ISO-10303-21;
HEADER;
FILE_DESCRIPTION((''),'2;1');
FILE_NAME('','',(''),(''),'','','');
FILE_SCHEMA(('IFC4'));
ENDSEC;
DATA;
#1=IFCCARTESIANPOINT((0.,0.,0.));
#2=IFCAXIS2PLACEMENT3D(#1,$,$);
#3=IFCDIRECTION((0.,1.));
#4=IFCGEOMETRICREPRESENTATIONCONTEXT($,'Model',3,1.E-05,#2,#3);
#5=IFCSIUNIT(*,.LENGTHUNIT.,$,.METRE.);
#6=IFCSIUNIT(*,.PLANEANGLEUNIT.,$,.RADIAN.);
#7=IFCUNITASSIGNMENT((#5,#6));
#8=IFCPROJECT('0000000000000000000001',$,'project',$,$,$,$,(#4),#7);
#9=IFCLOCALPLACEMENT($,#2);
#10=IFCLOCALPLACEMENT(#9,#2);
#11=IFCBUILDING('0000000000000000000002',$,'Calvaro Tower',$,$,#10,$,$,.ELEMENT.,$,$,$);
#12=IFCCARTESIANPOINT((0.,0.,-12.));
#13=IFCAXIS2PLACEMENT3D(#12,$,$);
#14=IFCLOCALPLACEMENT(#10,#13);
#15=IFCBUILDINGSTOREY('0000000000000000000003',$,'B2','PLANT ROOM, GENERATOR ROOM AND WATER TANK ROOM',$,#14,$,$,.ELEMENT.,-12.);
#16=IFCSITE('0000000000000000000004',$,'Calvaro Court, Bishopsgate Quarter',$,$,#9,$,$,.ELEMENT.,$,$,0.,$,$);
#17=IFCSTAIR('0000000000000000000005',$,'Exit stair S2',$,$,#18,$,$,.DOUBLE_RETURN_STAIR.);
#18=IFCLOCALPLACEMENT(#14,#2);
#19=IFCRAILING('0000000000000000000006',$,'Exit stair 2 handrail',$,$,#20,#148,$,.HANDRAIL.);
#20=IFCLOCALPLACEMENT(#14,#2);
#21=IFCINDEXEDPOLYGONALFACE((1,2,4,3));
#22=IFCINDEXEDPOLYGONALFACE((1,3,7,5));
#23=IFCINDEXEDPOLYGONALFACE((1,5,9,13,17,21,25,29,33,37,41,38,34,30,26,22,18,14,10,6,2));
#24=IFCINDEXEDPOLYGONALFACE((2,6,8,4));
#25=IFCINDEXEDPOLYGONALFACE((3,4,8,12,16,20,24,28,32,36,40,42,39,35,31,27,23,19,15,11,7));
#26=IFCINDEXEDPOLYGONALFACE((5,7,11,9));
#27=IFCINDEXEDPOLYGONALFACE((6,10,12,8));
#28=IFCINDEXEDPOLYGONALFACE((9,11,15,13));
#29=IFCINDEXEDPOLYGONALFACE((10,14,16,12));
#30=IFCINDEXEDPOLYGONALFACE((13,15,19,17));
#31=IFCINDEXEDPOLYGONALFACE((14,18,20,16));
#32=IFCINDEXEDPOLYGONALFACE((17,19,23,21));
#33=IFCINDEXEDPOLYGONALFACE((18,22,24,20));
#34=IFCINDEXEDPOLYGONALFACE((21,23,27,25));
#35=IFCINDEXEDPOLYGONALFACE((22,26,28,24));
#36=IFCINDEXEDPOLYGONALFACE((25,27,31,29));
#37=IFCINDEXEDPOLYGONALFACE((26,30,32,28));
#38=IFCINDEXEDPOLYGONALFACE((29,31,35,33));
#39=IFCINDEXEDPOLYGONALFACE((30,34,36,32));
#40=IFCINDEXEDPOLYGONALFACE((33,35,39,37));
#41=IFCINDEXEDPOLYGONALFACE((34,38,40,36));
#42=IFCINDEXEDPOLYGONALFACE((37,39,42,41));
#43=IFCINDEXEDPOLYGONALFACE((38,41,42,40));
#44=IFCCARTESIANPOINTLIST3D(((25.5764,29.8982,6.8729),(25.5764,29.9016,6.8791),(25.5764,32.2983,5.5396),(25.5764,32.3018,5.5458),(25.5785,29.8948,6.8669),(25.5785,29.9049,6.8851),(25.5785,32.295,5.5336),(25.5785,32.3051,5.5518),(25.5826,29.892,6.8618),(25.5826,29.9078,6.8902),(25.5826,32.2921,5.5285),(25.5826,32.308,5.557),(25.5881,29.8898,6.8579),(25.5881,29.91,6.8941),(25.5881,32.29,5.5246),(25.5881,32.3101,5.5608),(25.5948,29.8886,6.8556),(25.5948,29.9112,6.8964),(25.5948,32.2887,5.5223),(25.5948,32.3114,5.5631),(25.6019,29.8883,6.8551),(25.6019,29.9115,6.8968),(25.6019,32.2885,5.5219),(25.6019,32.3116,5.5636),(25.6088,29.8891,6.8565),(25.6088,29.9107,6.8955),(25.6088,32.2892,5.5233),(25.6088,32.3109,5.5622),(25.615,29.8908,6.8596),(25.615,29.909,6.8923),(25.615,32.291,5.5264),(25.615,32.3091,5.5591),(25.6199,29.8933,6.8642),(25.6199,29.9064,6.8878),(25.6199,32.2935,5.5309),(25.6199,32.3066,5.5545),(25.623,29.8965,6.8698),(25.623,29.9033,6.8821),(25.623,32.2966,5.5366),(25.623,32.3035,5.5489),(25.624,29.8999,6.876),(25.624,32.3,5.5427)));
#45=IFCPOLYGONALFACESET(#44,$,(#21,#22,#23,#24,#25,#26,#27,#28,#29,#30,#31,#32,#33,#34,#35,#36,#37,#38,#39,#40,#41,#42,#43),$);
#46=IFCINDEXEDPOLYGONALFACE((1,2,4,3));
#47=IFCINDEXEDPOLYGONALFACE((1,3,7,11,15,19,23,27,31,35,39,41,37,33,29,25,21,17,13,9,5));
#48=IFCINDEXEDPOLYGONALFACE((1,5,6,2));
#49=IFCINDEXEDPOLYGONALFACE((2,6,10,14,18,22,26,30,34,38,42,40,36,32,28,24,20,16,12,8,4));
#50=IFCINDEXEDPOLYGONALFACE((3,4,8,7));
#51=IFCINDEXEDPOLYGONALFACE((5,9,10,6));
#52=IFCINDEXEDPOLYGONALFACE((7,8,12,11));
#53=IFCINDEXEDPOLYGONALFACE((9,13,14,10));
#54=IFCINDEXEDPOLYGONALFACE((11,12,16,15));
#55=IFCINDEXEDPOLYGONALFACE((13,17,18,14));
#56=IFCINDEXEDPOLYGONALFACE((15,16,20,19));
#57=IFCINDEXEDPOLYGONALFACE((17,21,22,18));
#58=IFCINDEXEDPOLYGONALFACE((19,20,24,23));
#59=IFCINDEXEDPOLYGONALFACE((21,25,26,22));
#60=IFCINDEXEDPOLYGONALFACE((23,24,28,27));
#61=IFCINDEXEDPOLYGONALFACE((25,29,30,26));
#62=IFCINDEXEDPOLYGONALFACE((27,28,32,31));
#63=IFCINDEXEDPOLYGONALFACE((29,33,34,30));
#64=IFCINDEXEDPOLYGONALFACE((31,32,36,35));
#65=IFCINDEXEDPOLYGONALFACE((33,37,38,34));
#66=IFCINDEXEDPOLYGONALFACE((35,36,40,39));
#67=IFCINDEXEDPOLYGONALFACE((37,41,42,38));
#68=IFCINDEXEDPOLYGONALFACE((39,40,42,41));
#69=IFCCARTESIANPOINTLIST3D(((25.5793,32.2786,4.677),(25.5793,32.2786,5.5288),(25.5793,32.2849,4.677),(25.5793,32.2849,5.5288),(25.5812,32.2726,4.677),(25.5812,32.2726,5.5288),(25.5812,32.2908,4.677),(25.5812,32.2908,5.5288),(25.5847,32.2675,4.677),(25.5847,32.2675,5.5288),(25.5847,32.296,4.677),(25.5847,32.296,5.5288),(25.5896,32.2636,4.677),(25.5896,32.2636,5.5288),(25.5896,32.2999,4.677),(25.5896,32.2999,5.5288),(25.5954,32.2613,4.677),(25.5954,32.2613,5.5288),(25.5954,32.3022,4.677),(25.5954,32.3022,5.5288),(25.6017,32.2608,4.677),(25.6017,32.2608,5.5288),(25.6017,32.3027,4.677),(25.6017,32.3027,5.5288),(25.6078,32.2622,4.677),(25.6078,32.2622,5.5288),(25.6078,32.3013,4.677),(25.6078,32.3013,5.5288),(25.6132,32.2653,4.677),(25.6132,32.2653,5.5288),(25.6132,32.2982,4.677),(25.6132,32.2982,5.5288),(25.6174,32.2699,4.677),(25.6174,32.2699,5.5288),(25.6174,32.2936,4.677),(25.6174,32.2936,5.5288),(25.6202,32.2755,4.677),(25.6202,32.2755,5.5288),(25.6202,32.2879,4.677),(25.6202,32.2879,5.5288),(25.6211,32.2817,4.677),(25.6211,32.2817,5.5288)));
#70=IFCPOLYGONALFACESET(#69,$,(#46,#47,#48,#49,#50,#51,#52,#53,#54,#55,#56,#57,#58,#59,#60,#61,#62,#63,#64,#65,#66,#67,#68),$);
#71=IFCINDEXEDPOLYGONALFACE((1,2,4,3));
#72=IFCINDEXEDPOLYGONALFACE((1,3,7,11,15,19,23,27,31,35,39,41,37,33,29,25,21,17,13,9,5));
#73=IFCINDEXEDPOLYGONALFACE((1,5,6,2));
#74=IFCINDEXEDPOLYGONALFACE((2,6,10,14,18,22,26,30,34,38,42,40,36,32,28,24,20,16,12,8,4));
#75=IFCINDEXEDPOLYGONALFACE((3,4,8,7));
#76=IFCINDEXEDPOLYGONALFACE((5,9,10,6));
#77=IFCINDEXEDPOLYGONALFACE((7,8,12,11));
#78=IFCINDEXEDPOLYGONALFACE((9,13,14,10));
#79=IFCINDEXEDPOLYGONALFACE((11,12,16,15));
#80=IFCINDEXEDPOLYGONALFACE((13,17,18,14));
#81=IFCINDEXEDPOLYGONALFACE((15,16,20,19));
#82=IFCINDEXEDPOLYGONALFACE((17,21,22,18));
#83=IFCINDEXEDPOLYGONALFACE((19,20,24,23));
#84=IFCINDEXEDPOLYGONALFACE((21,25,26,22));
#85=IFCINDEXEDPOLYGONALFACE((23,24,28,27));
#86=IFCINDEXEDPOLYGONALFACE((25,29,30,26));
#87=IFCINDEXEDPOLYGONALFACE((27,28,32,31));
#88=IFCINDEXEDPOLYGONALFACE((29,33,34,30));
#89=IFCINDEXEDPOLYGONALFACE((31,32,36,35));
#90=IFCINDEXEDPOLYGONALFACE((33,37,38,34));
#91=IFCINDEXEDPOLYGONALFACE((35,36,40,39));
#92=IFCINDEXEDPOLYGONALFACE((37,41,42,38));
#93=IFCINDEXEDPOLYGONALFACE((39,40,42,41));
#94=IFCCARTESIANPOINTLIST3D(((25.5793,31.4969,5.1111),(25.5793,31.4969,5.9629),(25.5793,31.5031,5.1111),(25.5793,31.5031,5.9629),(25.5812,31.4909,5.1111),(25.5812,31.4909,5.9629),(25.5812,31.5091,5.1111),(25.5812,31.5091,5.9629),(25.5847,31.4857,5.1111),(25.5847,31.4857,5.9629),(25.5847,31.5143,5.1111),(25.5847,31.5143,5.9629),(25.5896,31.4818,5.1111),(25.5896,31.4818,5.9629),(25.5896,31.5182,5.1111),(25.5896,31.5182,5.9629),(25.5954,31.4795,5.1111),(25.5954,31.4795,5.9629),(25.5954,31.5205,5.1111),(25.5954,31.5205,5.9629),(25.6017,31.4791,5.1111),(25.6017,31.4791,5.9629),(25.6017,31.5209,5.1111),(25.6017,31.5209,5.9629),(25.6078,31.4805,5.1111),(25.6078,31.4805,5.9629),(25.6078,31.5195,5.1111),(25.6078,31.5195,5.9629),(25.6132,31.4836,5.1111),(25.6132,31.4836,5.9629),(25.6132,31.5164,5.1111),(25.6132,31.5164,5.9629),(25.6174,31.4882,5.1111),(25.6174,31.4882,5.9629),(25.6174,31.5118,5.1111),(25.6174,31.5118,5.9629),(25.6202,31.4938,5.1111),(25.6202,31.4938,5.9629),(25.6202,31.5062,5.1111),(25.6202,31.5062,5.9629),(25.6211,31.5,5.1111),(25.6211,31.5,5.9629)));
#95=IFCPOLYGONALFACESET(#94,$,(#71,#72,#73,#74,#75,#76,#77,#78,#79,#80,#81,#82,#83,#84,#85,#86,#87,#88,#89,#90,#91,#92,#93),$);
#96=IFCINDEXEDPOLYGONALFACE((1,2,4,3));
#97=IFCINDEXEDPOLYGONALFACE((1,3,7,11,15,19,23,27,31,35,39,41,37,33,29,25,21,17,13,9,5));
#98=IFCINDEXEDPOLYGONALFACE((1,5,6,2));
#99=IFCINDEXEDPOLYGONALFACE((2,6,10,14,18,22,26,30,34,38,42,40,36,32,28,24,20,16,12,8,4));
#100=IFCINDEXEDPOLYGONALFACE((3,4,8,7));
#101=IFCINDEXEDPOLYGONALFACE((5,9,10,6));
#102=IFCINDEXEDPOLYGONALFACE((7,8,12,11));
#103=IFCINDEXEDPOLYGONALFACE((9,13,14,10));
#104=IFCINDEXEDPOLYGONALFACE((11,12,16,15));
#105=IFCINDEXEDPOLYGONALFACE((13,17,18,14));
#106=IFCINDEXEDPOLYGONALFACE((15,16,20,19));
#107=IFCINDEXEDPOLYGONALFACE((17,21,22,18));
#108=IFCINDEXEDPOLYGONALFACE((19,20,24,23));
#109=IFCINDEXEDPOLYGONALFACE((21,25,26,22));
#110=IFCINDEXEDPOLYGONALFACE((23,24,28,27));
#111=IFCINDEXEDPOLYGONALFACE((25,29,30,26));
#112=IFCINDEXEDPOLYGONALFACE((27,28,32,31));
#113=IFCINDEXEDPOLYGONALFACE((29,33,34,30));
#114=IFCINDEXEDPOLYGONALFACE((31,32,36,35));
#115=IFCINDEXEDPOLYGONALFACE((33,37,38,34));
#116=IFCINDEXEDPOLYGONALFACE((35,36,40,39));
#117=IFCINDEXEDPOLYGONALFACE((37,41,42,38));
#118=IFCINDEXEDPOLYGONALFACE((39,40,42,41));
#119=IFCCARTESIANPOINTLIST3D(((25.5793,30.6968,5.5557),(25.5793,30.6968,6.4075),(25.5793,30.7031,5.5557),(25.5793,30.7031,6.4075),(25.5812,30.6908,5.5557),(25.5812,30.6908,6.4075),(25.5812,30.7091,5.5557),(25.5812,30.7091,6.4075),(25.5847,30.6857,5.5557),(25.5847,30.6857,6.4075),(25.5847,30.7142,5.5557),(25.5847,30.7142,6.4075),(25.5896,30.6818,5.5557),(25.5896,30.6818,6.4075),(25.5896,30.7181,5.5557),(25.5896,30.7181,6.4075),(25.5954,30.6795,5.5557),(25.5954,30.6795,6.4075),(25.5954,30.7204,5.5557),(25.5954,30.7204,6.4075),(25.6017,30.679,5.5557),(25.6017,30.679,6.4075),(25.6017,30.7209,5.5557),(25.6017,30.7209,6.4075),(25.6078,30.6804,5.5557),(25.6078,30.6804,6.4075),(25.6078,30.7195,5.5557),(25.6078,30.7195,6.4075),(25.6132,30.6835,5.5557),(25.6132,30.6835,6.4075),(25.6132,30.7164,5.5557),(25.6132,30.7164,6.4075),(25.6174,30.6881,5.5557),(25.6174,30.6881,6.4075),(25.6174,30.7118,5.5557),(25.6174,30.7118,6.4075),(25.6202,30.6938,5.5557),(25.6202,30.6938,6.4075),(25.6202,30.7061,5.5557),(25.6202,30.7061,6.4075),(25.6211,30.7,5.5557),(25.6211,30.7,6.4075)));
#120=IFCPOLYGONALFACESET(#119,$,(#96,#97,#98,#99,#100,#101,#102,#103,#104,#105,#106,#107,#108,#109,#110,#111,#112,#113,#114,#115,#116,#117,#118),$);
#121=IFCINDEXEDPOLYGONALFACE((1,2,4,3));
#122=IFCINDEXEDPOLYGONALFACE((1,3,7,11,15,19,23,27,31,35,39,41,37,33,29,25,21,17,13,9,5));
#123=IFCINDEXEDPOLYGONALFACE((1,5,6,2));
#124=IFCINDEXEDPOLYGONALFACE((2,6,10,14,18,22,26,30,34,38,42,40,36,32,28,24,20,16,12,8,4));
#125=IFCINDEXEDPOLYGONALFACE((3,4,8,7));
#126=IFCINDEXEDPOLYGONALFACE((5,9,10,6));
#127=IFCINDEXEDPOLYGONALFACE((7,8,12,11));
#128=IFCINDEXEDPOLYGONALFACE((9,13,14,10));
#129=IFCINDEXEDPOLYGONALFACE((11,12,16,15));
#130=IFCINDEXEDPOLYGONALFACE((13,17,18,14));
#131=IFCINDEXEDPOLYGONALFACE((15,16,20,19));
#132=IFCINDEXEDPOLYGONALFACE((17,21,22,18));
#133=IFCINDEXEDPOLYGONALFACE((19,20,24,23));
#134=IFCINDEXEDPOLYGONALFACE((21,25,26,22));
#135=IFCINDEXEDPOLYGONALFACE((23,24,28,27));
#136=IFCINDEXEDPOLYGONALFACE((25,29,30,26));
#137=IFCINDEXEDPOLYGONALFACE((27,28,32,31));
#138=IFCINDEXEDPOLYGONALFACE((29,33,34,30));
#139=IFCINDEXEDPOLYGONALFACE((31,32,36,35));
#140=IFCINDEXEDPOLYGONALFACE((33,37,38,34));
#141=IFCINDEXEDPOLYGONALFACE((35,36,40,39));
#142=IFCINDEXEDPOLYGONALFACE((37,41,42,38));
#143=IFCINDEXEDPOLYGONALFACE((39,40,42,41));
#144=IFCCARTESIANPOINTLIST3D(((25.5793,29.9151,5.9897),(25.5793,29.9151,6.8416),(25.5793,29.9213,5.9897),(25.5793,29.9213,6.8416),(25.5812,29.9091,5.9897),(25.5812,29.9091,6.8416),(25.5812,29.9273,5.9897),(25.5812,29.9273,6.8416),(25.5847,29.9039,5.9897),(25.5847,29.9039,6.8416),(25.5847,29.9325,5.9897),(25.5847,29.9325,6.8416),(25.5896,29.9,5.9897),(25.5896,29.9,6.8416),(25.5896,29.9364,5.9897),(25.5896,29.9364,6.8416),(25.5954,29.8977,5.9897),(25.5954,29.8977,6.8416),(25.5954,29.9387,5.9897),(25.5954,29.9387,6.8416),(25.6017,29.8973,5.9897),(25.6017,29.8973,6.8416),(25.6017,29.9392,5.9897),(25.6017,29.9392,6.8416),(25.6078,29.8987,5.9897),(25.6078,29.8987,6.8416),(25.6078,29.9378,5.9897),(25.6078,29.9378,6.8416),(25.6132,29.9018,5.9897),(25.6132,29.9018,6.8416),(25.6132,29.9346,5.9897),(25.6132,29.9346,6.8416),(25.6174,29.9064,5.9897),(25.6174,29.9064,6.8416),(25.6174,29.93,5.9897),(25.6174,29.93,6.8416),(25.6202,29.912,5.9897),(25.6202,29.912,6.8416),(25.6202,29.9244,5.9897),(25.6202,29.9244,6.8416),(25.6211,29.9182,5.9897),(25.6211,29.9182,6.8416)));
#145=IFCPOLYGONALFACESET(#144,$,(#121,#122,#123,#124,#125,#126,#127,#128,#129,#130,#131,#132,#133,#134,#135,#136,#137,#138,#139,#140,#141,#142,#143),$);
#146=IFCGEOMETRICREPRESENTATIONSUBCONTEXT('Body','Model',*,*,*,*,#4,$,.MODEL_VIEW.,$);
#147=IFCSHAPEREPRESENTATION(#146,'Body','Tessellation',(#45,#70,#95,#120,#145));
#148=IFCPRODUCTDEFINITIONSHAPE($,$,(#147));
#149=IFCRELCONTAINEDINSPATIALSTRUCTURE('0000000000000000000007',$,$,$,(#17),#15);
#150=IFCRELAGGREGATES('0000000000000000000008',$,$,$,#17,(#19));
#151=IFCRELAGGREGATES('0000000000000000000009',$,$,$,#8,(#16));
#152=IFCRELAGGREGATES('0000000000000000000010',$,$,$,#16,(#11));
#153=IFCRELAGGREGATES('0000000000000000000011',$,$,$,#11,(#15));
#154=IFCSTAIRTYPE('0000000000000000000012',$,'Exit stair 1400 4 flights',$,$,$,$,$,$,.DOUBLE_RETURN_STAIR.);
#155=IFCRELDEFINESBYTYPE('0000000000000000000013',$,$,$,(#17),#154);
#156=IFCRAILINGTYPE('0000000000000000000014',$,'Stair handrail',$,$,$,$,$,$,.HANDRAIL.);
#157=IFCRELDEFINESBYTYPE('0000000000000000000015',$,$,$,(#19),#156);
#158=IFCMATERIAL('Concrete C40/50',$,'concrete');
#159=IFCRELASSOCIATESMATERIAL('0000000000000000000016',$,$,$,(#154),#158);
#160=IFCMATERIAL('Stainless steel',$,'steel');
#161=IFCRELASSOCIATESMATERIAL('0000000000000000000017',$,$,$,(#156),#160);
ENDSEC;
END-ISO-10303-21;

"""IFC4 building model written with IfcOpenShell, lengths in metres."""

from ifc_helpers import new_model, si_unit, direction, frame, origin, origin_2d, place, context, subcontext, project, spatial, circle, extrude, material, type_object, element, aggregate, save


model = new_model("IFC4")

# Units and contexts
model_context = context("Model", 3, precision=1e-05, world=origin(), true_north=direction((0.0, 1.0)))
body_context = subcontext(model_context, "Body", "Model", "MODEL_VIEW")
ifc_project = project(units=[si_unit("LENGTHUNIT", "METRE"), si_unit("PLANEANGLEUNIT", "RADIAN")], contexts=[model_context])

# Site, building, storey
site_placement = place(None, origin())
site = spatial("IfcSite", under=ifc_project, at=site_placement, Name="Calvaro Court, Bishopsgate Quarter", CompositionType="ELEMENT", RefElevation=0.0)
building_placement = place(site_placement, origin())
building = spatial("IfcBuilding", under=site, at=building_placement, Name="Calvaro Tower", CompositionType="ELEMENT")
storey_placement = place(building_placement, frame((0.0, 0.0, -12.0)))
storey = spatial("IfcBuildingStorey", under=building, at=storey_placement, Name="B2", Description="PLANT ROOM, GENERATOR ROOM AND WATER TANK ROOM", CompositionType="ELEMENT", Elevation=-12.0)

# Stair, railing
ifc_material_1 = material(Name="Concrete C40/50", Category="concrete")
stair_type = type_object("IfcStairType", Name="Exit stair 1400 4 flights", PredefinedType="DOUBLE_RETURN_STAIR", material=ifc_material_1)
stair_placement = place(storey_placement, origin())
stair = element("IfcStair", 1, at=stair_placement, inside=storey, type_object=stair_type, Name="Exit stair S2", PredefinedType="DOUBLE_RETURN_STAIR")
ifc_material_2 = material(Name="Stainless steel", Category="steel")
railing_type = type_object("IfcRailingType", Name="Stair handrail", PredefinedType="HANDRAIL", material=ifc_material_2)
railing_1_placement = place(storey_placement, frame((25.6001, 32.3, 4.6667)))
railing_1 = element("IfcRailing", 2, at=railing_1_placement, type_object=railing_type, Name="Exit stair 2 handrail", PredefinedType="HANDRAIL", context=body_context, shape_type="SweptSolid", body=[
    extrude(circle(Radius=0.0239, at=origin_2d()), frame((0.0, 0.0, 0.876), z_axis=(0.0, -0.874182, 0.485598), x_axis=(1.0, 0.0, 0.0)), (0.0, 0.0, 1.0), 2.7456),
    extrude(circle(Radius=0.021, at=origin_2d()), frame((0.0, -0.0183, 0.0103)), (0.0, 0.0, 1.0), 0.8518),
    extrude(circle(Radius=0.021, at=origin_2d()), frame((0.0, -0.8, 0.4443)), (0.0, 0.0, 1.0), 0.8518),
    extrude(circle(Radius=0.021, at=origin_2d()), frame((0.0, -1.6001, 0.8889)), (0.0, 0.0, 1.0), 0.8518),
    extrude(circle(Radius=0.021, at=origin_2d()), frame((0.0, -2.3818, 1.323)), (0.0, 0.0, 1.0), 0.8518),
])
aggregate(stair, [railing_1])

save(model, "model.ifc")
